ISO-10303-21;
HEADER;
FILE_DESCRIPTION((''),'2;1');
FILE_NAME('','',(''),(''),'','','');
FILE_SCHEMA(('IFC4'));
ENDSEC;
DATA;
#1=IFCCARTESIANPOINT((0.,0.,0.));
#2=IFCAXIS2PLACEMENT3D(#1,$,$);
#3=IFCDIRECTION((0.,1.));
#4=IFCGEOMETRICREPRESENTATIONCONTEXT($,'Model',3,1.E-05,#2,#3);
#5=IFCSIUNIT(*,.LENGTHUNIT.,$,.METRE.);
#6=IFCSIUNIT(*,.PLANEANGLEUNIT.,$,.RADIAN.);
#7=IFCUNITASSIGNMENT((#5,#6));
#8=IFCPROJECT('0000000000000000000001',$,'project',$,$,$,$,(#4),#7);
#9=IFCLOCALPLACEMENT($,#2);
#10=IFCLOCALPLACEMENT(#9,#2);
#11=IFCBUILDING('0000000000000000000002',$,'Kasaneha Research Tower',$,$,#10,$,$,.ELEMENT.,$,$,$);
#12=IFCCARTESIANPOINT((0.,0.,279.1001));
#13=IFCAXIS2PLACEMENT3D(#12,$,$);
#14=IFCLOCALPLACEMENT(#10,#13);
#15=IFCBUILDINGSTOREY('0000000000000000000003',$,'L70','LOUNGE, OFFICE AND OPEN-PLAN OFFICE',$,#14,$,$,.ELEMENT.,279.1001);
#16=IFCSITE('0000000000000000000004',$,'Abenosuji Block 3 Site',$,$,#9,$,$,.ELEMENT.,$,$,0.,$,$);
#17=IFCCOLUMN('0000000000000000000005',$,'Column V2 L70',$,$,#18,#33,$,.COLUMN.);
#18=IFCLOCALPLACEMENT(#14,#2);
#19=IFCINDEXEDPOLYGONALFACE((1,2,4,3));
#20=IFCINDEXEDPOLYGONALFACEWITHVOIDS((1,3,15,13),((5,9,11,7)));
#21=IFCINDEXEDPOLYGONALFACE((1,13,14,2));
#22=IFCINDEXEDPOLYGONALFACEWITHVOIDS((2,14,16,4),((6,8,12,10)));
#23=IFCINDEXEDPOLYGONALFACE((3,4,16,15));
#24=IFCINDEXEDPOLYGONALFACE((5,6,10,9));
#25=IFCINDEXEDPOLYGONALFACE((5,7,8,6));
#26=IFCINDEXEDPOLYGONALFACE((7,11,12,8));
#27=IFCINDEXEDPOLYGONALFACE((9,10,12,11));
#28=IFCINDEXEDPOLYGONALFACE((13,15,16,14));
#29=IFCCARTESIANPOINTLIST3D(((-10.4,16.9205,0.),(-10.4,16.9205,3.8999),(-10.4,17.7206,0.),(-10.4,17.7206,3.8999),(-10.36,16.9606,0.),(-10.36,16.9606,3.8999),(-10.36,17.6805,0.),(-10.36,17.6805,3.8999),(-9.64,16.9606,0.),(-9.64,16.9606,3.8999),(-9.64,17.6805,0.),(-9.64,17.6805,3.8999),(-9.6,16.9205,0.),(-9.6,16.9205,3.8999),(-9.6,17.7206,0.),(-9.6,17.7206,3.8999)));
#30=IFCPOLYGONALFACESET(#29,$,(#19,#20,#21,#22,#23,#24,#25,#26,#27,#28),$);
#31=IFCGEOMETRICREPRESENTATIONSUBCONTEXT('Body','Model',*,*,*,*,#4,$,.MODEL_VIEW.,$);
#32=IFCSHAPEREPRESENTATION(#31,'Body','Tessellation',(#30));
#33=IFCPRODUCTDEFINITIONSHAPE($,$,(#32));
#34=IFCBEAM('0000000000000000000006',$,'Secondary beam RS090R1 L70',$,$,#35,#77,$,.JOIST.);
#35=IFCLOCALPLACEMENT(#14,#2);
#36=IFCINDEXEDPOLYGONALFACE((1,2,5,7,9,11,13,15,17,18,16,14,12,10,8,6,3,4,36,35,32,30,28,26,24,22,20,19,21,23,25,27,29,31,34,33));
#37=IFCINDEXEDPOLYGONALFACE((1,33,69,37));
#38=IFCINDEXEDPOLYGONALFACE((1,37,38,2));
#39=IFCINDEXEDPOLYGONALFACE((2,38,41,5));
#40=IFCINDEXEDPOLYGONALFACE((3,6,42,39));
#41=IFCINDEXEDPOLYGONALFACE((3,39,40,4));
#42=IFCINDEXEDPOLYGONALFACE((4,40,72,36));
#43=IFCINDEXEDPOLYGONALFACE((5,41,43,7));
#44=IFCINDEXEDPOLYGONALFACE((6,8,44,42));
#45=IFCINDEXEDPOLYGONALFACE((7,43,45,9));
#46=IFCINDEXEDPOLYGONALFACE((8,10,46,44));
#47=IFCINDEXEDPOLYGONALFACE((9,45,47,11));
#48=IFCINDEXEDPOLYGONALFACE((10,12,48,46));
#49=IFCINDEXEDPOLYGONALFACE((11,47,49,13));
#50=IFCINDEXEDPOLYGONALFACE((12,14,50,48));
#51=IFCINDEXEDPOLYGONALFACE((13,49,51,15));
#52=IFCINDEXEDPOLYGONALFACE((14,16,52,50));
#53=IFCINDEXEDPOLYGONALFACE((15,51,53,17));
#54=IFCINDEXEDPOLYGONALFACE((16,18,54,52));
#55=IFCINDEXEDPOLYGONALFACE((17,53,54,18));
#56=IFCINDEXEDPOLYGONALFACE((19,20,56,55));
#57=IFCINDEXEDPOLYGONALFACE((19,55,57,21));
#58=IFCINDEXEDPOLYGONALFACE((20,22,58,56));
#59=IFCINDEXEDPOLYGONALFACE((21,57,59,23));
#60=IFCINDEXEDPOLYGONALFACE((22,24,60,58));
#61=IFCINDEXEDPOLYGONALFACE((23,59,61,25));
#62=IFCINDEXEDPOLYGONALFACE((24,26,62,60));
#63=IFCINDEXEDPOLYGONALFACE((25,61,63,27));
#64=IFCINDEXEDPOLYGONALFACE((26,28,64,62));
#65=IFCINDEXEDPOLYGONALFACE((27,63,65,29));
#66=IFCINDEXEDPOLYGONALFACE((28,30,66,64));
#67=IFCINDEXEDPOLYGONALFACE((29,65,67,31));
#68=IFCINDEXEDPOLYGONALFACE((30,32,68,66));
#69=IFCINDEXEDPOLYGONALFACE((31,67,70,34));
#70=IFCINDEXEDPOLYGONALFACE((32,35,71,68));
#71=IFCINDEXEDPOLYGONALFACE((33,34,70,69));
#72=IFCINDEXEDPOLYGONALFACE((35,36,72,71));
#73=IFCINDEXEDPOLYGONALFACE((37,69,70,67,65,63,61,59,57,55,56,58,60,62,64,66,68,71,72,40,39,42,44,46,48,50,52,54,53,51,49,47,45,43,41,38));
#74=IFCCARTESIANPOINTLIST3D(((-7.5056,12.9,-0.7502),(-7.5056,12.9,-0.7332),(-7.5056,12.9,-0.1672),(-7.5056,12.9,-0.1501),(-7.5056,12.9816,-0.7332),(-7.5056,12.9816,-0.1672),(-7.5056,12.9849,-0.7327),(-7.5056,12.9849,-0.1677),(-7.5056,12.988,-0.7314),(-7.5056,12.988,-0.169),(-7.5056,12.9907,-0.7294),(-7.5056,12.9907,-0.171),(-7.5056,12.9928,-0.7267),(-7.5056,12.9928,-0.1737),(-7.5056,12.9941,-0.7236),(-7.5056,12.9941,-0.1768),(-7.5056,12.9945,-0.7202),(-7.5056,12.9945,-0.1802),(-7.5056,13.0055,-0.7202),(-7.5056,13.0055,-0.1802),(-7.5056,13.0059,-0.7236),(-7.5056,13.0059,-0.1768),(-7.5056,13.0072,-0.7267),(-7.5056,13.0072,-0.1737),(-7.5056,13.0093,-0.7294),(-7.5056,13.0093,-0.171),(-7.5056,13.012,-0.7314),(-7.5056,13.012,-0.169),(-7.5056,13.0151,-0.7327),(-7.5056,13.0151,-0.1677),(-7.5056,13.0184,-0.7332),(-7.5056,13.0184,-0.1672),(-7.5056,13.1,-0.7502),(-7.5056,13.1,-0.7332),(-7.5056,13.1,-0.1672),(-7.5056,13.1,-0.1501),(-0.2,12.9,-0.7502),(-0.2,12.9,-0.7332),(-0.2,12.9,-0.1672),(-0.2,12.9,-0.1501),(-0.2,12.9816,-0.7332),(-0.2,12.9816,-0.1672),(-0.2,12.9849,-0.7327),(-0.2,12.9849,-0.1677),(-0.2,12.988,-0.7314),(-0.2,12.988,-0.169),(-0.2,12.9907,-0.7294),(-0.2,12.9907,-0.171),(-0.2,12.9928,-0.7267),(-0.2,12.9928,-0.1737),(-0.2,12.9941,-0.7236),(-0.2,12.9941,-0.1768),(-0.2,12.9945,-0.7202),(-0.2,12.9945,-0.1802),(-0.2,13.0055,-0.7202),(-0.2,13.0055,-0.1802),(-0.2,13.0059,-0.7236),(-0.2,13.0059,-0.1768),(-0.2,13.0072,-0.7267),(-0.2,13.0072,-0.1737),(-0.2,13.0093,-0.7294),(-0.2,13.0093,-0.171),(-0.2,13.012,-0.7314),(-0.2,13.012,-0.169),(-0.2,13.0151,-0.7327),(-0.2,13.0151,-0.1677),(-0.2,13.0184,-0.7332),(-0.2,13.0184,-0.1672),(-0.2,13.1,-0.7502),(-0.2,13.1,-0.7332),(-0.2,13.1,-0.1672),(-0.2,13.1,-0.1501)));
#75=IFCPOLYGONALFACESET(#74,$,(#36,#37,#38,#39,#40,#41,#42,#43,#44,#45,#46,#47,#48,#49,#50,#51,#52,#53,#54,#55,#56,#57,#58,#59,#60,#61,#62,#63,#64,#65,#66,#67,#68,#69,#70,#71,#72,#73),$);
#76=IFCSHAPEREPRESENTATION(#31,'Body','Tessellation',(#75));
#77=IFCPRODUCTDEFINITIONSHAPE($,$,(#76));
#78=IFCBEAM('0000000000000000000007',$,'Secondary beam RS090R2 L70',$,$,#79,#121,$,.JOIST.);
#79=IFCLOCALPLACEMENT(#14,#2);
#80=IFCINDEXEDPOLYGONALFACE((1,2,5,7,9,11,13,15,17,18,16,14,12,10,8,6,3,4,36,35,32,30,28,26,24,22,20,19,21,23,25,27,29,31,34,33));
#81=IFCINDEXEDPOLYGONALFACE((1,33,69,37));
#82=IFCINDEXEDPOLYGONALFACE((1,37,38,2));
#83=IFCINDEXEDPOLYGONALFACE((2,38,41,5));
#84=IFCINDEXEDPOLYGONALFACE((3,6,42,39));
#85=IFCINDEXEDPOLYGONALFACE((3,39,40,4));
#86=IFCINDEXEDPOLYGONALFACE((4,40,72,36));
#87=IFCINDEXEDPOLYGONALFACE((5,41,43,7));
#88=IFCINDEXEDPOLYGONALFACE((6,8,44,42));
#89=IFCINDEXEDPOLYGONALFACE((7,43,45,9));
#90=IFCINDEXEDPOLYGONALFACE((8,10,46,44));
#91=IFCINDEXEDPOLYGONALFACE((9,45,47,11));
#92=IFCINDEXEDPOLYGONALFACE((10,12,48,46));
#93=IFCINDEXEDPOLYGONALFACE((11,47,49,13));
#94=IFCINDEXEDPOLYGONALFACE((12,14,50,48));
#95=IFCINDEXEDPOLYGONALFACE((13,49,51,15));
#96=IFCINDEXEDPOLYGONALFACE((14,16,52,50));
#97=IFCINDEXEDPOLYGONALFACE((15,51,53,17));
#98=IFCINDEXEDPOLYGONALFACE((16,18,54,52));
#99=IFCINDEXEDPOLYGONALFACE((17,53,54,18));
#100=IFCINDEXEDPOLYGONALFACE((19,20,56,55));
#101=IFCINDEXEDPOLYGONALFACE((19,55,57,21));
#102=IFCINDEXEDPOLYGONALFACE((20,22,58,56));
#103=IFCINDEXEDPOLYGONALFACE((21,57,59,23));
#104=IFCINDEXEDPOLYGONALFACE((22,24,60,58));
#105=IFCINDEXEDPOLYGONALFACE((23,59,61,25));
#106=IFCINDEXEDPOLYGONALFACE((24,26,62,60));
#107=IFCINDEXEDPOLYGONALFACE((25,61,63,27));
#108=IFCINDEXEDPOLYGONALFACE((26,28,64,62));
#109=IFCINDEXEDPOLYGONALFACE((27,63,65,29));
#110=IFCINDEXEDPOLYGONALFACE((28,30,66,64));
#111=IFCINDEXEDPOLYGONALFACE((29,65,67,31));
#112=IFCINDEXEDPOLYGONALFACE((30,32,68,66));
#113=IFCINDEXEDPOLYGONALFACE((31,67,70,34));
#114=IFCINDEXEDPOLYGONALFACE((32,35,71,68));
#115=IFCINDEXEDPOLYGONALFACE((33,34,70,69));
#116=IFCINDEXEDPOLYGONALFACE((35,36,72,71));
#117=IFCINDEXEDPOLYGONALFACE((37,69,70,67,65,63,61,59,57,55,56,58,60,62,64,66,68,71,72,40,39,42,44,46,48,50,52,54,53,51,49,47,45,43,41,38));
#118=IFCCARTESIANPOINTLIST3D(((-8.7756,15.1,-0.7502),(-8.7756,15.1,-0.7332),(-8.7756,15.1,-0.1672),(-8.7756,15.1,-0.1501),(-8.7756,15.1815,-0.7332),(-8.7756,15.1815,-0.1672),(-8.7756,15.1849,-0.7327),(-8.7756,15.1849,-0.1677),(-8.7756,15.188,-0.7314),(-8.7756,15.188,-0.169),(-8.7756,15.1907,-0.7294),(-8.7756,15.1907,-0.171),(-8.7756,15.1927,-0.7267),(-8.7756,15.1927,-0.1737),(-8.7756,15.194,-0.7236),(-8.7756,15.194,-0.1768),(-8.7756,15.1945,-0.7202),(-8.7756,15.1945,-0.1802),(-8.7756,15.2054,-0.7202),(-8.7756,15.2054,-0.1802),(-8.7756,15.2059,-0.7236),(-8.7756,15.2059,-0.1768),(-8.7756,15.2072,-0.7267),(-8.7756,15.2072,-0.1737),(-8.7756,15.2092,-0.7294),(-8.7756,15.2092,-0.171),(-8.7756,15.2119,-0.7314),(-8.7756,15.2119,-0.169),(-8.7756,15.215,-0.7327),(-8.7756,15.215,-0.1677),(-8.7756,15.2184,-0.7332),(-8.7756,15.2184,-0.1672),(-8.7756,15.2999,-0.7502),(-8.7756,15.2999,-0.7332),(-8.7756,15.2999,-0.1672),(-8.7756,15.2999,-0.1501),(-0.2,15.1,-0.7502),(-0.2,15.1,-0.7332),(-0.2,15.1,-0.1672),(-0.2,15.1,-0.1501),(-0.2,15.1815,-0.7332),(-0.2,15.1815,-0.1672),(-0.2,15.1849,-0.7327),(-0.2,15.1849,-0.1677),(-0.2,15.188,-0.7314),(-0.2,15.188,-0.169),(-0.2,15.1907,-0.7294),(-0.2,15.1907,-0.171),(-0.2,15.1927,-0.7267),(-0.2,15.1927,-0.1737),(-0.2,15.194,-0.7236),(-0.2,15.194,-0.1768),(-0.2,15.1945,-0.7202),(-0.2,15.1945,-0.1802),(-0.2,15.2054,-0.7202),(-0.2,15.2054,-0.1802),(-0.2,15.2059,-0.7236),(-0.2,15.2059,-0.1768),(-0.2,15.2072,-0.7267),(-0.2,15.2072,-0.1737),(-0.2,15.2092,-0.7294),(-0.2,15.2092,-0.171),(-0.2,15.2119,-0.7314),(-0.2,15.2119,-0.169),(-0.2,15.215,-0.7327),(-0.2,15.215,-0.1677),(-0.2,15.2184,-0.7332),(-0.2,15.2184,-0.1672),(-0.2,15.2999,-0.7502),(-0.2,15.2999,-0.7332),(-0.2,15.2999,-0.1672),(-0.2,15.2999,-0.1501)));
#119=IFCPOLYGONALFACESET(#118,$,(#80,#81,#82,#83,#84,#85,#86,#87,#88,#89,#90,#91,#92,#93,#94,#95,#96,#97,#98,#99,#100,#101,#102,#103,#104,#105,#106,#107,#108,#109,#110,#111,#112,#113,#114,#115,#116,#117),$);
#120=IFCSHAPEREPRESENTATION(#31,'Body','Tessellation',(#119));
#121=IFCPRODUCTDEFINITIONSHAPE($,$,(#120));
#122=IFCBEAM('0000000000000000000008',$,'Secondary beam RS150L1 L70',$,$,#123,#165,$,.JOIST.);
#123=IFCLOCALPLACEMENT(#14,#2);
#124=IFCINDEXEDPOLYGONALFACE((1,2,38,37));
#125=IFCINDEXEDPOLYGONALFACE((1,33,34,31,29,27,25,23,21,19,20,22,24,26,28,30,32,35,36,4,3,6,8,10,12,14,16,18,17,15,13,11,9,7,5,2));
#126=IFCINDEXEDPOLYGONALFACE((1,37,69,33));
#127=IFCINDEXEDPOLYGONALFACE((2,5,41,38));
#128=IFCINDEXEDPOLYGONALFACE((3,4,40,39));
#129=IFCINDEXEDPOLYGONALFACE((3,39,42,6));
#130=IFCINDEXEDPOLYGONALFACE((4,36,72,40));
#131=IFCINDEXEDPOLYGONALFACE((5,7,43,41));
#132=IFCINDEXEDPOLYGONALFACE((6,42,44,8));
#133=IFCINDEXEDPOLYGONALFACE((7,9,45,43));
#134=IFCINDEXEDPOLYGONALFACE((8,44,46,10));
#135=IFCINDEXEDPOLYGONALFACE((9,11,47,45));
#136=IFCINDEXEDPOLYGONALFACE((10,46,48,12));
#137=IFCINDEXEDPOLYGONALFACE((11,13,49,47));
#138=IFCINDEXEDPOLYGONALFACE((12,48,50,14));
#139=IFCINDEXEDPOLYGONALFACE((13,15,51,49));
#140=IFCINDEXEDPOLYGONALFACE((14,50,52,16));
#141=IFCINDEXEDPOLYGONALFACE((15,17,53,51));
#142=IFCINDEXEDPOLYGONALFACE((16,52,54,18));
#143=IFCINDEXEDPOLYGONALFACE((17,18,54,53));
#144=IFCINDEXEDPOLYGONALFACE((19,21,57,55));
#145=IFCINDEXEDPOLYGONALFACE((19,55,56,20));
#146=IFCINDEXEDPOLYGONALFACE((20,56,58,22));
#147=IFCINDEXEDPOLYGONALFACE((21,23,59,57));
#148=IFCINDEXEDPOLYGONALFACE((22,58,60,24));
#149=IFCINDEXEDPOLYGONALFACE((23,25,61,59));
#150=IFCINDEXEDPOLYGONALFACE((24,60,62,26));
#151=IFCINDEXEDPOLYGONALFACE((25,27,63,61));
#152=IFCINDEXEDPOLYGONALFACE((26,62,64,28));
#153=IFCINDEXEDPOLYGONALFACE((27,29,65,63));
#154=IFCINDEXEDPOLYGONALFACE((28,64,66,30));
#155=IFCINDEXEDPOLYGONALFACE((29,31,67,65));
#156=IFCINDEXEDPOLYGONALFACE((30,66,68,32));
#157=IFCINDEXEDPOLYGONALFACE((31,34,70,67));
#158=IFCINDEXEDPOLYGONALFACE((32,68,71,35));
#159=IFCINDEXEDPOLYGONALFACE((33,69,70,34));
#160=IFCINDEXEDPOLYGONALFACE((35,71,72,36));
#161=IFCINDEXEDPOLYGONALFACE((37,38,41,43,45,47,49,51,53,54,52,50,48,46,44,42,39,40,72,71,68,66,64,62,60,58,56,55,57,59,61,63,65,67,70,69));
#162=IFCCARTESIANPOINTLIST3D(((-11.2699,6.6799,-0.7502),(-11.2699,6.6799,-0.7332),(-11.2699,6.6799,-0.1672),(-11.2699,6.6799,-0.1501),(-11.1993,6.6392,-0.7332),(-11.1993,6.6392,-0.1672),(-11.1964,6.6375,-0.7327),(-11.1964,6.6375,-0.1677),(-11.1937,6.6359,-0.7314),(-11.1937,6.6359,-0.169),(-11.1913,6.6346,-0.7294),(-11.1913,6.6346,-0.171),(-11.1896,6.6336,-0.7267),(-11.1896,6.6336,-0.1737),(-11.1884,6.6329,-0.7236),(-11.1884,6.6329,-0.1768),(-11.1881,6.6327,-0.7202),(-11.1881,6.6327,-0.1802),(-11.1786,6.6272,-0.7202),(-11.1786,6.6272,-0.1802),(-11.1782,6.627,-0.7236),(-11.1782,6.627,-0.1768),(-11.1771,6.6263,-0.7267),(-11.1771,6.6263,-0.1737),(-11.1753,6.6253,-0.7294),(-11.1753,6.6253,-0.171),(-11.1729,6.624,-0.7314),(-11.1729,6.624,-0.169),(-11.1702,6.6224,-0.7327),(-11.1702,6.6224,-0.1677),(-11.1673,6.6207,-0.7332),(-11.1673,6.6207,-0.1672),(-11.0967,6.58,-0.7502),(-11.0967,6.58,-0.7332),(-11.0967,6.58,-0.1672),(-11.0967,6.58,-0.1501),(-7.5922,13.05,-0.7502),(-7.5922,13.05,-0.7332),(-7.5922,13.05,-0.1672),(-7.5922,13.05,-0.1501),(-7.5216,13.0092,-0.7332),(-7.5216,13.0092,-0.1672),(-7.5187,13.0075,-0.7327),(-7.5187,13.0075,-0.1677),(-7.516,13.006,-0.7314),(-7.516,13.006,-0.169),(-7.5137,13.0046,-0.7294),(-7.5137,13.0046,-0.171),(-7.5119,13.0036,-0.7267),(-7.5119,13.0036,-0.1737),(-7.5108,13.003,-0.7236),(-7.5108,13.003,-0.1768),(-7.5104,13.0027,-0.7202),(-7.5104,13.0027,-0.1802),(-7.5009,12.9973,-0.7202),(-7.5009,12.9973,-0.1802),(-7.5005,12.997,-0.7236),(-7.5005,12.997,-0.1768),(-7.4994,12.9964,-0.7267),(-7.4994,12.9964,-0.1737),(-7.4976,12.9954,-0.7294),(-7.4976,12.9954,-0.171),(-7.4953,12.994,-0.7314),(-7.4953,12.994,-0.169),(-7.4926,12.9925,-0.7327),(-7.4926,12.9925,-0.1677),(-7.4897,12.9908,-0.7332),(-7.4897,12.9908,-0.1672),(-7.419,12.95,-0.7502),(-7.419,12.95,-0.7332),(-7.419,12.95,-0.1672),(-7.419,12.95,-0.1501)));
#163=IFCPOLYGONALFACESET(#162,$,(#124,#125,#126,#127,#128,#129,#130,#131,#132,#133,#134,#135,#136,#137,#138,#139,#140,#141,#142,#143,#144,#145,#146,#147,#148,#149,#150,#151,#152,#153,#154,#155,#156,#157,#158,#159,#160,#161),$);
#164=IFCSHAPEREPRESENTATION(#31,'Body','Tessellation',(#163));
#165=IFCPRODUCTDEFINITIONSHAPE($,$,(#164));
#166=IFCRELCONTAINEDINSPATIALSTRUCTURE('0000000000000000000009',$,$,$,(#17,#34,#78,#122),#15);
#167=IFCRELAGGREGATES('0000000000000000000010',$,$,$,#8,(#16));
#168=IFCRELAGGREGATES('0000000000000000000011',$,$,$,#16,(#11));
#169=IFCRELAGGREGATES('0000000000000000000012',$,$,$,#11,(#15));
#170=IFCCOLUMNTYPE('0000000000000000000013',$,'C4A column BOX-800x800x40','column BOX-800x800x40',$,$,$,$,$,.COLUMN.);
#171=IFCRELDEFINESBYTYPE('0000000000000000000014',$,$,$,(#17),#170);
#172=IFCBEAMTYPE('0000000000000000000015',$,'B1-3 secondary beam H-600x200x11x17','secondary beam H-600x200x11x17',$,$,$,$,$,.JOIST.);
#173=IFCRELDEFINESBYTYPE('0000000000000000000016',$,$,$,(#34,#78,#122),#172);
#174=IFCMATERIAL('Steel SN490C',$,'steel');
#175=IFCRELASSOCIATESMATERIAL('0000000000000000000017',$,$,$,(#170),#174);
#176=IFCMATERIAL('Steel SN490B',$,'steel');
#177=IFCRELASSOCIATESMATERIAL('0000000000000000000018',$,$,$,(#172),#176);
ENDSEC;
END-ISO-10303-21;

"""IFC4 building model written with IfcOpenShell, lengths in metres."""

from ifc_helpers import new_model, si_unit, direction, frame, origin, origin_2d, place, context, subcontext, project, spatial, hollow_rectangle, i_section, extrude, material, material_profile, profile_set, type_object, element, save


model = new_model("IFC4")

# Units and contexts
model_context = context("Model", 3, precision=1e-05, world=origin(), true_north=direction((0.0, 1.0)))
body_context = subcontext(model_context, "Body", "Model", "MODEL_VIEW")
ifc_project = project(units=[si_unit("LENGTHUNIT", "METRE"), si_unit("PLANEANGLEUNIT", "RADIAN")], contexts=[model_context])

# Site, building, storey
site_placement = place(None, origin())
site = spatial("IfcSite", under=ifc_project, at=site_placement, Name="Abenosuji Block 3 Site", CompositionType="ELEMENT", RefElevation=0.0)
building_placement = place(site_placement, origin())
building = spatial("IfcBuilding", under=site, at=building_placement, Name="Kasaneha Research Tower", CompositionType="ELEMENT")
storey_placement = place(building_placement, frame((0.0, 0.0, 279.1001)))
storey = spatial("IfcBuildingStorey", under=building, at=storey_placement, Name="L70", Description="LOUNGE, OFFICE AND OPEN-PLAN OFFICE", CompositionType="ELEMENT", Elevation=279.1001)

# Column
ifc_material_1 = material(Name="Steel SN490C", Category="steel")
ifc_material_profile_1 = material_profile(ifc_material_1, hollow_rectangle(XDim=0.8, YDim=0.8, WallThickness=0.04, at=origin_2d()), Name="BOX-800x800x40")
ifc_profile_set_1 = profile_set([ifc_material_profile_1], Name="Steel SN490C")
column_type = type_object("IfcColumnType", Name="C4A column BOX-800x800x40", Description="column BOX-800x800x40", PredefinedType="COLUMN", material=ifc_profile_set_1)
column_placement = place(storey_placement, frame((-10.0, 17.3206, 0.0), z_axis=(0.0, 0.0, 1.0), x_axis=(1.0, 0.0, 0.0)))
element("IfcColumn", 1, at=column_placement, inside=storey, type_object=column_type, Name="Column V2 L70", PredefinedType="COLUMN", context=body_context, shape_type="SweptSolid", body=[
    extrude(hollow_rectangle(XDim=0.8, YDim=0.8, WallThickness=0.04, at=origin_2d()), origin(), (0.0, 0.0, 1.0), 3.8999),
])

# Beams
ifc_material_2 = material(Name="Steel SN490B", Category="steel")
ifc_material_profile_2 = material_profile(ifc_material_2, i_section(OverallWidth=0.2, OverallDepth=0.6001, WebThickness=0.011, FlangeThickness=0.0171, FilletRadius=0.0129, at=origin_2d()), Name="H-600x200x11x17")
ifc_profile_set_2 = profile_set([ifc_material_profile_2], Name="Steel SN490B")
beam_type_1 = type_object("IfcBeamType", Name="B1-3 secondary beam H-600x200x11x17", Description="secondary beam H-600x200x11x17", PredefinedType="JOIST", material=ifc_profile_set_2)
beam_1_placement = place(storey_placement, frame((-7.5056, 13.0, -0.4502), z_axis=(1.0, 0.0, 0.0), x_axis=(0.0, 1.0, 0.0)))
element("IfcBeam", 2, at=beam_1_placement, inside=storey, type_object=beam_type_1, Name="Secondary beam RS090R1 L70", PredefinedType="JOIST", context=body_context, shape_type="SweptSolid", body=[
    extrude(i_section(OverallWidth=0.2, OverallDepth=0.6001, WebThickness=0.011, FlangeThickness=0.0171, FilletRadius=0.0129, at=origin_2d()), origin(), (0.0, 0.0, 1.0), 7.3057),
])
beam_2_placement = place(storey_placement, frame((-8.7756, 15.2, -0.4502), z_axis=(1.0, 0.0, 0.0), x_axis=(0.0, 1.0, 0.0)))
element("IfcBeam", 3, at=beam_2_placement, inside=storey, type_object=beam_type_1, Name="Secondary beam RS090R2 L70", PredefinedType="JOIST", context=body_context, shape_type="SweptSolid", body=[
    extrude(i_section(OverallWidth=0.2, OverallDepth=0.6001, WebThickness=0.011, FlangeThickness=0.0171, FilletRadius=0.0129, at=origin_2d()), origin(), (0.0, 0.0, 1.0), 8.5757),
])
beam_3_placement = place(storey_placement, frame((-7.5056, 13.0, -0.4502), z_axis=(-0.499994, -0.866029, 0.0), x_axis=(0.866029, -0.499994, 0.0)))
element("IfcBeam", 4, at=beam_3_placement, inside=storey, type_object=beam_type_1, Name="Secondary beam RS150L1 L70", PredefinedType="JOIST", context=body_context, shape_type="SweptSolid", body=[
    extrude(i_section(OverallWidth=0.2, OverallDepth=0.6001, WebThickness=0.011, FlangeThickness=0.0171, FilletRadius=0.0129, at=origin_2d()), origin(), (0.0, 0.0, 1.0), 7.3555),
])

save(model, "model.ifc")
